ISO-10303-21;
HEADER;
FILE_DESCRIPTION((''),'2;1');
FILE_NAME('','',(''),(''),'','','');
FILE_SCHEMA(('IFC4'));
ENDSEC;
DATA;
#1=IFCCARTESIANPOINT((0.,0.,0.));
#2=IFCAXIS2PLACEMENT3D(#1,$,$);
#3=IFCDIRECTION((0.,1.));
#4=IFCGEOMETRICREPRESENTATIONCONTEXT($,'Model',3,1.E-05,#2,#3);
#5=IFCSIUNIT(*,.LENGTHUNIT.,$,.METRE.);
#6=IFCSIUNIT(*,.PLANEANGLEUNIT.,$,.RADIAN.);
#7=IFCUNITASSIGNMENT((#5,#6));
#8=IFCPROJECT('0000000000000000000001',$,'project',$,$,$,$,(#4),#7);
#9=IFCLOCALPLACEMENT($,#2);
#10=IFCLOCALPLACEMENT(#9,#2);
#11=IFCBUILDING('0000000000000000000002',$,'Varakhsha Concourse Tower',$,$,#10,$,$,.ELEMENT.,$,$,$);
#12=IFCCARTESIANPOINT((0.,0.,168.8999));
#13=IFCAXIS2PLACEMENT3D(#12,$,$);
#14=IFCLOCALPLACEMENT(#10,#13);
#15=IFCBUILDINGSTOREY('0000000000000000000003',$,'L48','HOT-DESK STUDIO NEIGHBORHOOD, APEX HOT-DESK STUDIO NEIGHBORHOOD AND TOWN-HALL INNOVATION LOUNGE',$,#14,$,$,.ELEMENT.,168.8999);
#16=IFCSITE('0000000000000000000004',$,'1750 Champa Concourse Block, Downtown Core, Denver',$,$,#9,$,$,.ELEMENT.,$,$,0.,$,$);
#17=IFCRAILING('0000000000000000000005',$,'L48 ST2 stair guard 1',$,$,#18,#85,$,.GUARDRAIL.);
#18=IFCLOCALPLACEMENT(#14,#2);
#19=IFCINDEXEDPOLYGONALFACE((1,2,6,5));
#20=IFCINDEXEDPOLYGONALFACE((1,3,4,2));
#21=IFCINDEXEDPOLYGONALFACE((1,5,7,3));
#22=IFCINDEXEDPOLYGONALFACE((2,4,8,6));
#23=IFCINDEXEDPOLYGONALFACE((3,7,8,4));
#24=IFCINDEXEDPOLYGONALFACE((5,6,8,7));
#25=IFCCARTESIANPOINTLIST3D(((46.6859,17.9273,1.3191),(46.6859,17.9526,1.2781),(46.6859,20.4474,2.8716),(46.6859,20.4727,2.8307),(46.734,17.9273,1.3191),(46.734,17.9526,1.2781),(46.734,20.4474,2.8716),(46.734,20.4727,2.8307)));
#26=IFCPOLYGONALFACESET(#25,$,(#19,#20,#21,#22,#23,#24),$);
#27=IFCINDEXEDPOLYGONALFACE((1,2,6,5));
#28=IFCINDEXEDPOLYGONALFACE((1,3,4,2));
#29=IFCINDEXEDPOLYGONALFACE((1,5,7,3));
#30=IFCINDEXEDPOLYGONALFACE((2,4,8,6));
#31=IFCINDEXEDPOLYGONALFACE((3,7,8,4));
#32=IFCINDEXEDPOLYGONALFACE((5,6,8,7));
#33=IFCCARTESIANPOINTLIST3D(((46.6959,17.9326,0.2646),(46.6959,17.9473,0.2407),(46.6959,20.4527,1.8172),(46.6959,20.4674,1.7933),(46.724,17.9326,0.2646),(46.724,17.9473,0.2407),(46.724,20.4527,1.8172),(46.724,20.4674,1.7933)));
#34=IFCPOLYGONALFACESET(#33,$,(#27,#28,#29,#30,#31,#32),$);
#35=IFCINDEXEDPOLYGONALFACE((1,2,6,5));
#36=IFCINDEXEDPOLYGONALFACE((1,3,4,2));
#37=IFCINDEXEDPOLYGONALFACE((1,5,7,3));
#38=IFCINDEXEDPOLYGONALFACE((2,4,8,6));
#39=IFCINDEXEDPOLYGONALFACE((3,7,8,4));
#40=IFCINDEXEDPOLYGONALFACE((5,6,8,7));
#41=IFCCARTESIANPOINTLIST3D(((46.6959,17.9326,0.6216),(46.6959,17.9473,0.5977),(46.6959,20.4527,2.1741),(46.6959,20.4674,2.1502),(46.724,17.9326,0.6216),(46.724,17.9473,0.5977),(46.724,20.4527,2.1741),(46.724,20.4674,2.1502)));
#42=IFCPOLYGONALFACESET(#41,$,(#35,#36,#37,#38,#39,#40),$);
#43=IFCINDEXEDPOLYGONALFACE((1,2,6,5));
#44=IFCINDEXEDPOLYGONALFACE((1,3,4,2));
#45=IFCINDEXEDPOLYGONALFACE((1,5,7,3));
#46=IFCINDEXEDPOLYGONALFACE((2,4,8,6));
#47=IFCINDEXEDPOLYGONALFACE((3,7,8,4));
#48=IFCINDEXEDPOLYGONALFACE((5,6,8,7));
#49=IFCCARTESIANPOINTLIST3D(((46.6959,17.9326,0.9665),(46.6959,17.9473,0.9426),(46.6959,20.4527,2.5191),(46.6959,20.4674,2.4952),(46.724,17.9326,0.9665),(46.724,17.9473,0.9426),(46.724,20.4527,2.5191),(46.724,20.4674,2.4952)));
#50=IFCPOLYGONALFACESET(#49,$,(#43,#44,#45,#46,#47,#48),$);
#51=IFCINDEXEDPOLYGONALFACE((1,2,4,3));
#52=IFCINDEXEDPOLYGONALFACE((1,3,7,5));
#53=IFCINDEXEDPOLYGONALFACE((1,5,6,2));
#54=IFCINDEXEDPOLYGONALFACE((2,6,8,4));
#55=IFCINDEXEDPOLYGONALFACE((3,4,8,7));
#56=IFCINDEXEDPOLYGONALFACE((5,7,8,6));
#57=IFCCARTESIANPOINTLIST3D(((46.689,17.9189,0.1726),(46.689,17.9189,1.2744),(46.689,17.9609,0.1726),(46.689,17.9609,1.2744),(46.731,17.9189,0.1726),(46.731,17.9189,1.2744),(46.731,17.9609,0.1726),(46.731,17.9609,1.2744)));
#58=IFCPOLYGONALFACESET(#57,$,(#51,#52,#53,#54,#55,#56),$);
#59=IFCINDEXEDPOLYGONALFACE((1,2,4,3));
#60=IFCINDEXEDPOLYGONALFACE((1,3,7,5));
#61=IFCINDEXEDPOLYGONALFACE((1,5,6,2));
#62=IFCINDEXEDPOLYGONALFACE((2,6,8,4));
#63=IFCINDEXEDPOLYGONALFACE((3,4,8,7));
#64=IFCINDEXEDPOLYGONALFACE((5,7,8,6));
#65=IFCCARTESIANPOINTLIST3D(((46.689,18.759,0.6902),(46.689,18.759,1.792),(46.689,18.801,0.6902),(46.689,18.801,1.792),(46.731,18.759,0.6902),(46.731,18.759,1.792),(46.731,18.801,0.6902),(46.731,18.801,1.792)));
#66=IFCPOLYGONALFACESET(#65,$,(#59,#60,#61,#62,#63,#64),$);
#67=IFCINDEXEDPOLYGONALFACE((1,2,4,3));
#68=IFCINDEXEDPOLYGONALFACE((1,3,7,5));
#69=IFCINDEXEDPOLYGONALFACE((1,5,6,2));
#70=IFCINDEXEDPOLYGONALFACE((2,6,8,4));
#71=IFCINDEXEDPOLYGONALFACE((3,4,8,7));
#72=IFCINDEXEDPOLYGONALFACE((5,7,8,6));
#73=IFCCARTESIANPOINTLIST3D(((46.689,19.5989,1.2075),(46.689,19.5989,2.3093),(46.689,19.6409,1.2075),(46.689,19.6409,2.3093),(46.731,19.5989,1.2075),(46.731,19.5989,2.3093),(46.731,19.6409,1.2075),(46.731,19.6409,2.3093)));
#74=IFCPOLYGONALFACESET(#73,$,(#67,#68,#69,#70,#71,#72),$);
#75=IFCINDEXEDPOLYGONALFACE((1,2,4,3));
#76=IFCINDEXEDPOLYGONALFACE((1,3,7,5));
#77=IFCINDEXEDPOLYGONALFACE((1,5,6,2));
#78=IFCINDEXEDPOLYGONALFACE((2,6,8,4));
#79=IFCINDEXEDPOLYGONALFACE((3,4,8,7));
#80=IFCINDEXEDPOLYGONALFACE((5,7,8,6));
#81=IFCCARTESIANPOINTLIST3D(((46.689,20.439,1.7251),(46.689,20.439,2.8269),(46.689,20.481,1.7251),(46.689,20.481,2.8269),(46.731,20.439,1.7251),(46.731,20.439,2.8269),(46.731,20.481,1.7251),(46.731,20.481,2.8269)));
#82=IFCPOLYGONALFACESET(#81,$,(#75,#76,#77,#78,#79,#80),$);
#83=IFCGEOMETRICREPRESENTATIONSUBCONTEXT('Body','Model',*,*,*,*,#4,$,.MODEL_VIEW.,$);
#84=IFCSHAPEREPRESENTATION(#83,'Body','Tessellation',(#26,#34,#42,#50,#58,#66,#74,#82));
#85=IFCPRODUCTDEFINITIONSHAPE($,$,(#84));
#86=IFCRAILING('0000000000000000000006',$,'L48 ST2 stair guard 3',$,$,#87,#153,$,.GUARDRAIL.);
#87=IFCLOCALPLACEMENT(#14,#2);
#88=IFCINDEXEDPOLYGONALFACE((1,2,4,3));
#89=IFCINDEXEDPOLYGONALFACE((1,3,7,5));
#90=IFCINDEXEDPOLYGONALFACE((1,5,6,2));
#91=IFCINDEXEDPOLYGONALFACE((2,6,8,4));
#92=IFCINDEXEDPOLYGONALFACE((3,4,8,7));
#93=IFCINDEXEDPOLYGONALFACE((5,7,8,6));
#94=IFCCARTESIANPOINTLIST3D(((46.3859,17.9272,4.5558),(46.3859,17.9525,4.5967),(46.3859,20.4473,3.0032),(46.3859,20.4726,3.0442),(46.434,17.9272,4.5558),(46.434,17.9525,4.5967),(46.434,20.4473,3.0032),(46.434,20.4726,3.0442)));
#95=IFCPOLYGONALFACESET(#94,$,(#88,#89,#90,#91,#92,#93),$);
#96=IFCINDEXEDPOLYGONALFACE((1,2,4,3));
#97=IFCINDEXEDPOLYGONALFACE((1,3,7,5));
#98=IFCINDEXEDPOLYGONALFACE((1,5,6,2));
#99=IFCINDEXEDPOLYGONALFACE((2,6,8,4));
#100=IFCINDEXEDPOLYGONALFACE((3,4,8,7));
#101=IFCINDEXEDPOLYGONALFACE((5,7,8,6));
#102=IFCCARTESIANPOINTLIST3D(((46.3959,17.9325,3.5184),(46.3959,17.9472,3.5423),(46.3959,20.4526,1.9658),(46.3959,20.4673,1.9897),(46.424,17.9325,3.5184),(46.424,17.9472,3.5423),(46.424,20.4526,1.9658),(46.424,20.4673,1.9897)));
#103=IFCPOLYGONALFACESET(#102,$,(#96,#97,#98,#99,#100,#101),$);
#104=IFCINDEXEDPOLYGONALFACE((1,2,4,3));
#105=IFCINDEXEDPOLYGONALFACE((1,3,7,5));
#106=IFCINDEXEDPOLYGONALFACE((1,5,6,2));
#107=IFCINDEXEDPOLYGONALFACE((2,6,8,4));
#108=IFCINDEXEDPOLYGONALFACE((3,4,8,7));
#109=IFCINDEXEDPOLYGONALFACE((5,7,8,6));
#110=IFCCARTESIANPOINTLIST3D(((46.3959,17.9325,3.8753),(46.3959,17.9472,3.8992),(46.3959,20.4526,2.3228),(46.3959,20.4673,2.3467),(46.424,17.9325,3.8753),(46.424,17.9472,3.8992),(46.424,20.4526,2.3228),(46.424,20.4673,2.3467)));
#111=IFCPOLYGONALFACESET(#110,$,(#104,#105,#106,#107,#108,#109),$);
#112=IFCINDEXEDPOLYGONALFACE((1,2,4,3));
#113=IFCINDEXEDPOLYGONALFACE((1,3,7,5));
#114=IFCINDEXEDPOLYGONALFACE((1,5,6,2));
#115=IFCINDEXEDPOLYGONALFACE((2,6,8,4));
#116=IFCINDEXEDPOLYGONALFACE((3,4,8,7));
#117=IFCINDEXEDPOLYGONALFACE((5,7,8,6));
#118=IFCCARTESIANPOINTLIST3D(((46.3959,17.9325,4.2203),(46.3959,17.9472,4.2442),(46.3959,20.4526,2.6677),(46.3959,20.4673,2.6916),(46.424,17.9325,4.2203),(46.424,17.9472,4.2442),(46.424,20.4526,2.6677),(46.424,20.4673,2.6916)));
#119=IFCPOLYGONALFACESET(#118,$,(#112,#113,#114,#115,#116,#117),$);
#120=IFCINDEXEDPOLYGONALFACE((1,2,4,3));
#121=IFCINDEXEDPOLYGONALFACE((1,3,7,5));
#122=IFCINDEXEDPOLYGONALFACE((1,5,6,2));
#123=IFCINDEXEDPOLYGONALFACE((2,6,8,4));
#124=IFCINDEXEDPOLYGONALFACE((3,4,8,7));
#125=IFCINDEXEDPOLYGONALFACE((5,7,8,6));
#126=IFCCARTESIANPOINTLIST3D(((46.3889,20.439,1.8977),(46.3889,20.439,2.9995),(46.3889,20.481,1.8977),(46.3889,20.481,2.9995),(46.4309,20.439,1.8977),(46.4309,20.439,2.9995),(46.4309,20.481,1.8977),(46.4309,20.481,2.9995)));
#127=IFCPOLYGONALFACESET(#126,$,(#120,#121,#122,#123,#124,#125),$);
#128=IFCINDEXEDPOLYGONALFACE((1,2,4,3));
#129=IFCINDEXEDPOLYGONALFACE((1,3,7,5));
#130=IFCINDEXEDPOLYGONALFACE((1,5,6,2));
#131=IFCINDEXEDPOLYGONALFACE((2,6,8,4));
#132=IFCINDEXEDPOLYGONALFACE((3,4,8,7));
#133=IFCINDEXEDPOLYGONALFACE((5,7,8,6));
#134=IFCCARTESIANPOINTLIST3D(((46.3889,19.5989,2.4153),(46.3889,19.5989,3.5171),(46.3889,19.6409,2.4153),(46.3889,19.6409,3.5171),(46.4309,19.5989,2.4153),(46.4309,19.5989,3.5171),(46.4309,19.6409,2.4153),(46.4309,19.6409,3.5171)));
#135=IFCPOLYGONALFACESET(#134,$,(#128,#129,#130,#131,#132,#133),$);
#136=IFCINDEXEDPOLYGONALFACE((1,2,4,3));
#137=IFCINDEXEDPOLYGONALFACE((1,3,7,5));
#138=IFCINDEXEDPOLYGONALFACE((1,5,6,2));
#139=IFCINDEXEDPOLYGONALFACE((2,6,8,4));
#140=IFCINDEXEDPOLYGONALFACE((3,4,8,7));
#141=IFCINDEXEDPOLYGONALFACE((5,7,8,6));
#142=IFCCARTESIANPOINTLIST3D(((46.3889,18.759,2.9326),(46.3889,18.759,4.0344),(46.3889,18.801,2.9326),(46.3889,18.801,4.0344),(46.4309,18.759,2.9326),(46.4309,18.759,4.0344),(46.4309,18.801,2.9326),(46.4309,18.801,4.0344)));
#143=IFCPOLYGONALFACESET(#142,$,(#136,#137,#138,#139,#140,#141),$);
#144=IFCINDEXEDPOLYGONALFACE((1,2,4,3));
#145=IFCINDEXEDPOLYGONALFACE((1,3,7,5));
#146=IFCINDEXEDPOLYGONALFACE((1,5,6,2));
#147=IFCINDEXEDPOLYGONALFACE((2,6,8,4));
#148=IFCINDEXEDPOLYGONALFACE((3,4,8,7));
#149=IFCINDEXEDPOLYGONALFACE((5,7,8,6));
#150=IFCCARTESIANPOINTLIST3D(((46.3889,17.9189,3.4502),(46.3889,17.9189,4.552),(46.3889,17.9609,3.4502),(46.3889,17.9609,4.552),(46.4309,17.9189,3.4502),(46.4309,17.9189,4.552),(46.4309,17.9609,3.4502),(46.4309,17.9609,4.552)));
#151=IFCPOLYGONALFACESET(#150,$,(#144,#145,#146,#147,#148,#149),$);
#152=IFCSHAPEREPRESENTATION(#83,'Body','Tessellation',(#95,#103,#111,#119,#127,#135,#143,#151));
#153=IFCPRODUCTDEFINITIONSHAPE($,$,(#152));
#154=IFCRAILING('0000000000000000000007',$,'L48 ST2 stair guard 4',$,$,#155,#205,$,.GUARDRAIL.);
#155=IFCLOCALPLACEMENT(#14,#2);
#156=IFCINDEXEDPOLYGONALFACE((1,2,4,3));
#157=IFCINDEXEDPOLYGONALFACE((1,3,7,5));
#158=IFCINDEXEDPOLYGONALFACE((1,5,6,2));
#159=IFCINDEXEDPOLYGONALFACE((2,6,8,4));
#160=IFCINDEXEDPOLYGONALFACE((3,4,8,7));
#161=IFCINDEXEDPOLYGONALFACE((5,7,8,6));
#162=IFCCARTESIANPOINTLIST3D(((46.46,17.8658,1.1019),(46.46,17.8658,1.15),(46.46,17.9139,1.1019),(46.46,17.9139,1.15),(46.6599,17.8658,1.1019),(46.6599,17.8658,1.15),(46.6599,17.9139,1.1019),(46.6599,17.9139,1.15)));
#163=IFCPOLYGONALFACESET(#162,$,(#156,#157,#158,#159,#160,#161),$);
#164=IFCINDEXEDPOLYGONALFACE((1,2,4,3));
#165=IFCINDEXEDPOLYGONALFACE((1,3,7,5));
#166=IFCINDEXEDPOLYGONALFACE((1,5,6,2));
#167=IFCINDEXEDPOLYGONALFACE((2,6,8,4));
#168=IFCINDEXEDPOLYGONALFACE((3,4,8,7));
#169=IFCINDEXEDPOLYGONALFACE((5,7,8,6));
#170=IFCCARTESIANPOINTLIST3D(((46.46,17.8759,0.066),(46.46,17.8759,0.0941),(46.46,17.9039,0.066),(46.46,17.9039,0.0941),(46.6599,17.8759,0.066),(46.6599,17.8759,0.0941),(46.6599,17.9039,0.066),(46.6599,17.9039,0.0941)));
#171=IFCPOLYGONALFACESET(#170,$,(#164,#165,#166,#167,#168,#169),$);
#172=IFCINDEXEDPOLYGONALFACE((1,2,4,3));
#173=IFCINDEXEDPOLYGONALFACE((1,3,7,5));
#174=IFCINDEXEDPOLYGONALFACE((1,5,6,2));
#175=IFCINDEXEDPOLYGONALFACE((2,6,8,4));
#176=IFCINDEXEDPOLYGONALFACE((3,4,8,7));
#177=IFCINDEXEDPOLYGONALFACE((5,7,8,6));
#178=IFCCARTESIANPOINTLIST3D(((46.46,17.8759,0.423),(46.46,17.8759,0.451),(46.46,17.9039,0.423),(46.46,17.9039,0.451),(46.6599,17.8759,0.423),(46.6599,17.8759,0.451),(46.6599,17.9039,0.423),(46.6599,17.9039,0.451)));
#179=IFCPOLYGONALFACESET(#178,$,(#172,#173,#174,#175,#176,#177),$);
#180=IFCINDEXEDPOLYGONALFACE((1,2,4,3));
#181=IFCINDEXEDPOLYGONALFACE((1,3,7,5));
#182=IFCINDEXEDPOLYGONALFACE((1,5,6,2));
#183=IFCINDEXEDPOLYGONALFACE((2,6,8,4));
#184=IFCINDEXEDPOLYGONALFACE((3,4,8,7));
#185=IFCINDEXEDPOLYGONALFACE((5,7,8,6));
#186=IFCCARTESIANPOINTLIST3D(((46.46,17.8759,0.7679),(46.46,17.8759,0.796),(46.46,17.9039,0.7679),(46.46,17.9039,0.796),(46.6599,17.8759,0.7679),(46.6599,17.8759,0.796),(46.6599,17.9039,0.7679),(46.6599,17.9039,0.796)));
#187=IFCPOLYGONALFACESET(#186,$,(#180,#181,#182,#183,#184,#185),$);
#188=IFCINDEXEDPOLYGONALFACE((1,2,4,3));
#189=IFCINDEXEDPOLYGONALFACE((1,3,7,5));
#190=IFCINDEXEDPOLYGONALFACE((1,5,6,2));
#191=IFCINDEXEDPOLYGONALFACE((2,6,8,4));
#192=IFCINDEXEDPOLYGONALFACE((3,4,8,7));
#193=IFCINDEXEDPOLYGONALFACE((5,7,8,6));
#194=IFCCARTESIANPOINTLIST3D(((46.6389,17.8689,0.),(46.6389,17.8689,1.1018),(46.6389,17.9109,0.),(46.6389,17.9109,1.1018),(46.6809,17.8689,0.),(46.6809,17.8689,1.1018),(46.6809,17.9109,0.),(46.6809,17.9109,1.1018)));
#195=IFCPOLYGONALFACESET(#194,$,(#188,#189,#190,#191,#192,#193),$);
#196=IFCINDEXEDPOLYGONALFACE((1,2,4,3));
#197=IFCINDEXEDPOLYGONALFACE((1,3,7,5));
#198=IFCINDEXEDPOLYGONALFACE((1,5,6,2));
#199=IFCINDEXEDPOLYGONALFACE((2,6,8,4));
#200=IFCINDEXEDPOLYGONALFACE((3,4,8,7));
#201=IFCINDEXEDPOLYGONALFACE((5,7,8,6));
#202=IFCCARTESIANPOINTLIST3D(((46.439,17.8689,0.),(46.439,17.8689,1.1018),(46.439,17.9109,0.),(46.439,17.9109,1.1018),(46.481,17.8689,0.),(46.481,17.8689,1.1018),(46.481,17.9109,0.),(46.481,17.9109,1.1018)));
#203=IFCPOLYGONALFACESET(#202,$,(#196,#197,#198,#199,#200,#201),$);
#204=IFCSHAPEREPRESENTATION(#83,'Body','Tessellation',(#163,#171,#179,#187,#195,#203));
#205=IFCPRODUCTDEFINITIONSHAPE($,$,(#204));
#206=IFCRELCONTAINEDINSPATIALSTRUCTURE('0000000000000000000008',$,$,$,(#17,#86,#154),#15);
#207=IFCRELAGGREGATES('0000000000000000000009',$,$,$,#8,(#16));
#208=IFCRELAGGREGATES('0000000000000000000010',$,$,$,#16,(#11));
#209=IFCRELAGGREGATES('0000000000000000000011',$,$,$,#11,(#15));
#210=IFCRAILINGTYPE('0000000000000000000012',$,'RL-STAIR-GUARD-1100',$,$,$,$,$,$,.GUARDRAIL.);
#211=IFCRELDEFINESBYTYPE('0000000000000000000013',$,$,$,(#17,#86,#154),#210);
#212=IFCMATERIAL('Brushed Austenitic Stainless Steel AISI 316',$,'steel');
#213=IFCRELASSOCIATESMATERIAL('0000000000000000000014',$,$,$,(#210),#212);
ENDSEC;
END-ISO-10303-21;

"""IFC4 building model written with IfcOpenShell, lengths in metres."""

from ifc_helpers import new_model, si_unit, direction, frame, origin, origin_2d, place, context, subcontext, project, spatial, rectangle, extrude, material, type_object, element, save


model = new_model("IFC4")

# Units and contexts
model_context = context("Model", 3, precision=1e-05, world=origin(), true_north=direction((0.0, 1.0)))
body_context = subcontext(model_context, "Body", "Model", "MODEL_VIEW")
ifc_project = project(units=[si_unit("LENGTHUNIT", "METRE"), si_unit("PLANEANGLEUNIT", "RADIAN")], contexts=[model_context])

# Site, building, storey
site_placement = place(None, origin())
site = spatial("IfcSite", under=ifc_project, at=site_placement, Name="1750 Champa Concourse Block, Downtown Core, Denver", CompositionType="ELEMENT", RefElevation=0.0)
building_placement = place(site_placement, origin())
building = spatial("IfcBuilding", under=site, at=building_placement, Name="Varakhsha Concourse Tower", CompositionType="ELEMENT")
storey_placement = place(building_placement, frame((0.0, 0.0, 168.8999)))
storey = spatial("IfcBuildingStorey", under=building, at=storey_placement, Name="L48", Description="HOT-DESK STUDIO NEIGHBORHOOD, APEX HOT-DESK STUDIO NEIGHBORHOOD AND TOWN-HALL INNOVATION LOUNGE", CompositionType="ELEMENT", Elevation=168.8999)

# Railings
ifc_material_1 = material(Name="Brushed Austenitic Stainless Steel AISI 316", Category="steel")
railing_type_1 = type_object("IfcRailingType", Name="RL-STAIR-GUARD-1100", PredefinedType="GUARDRAIL", material=ifc_material_1)
railing_1_placement = place(storey_placement, frame((46.71, 17.9399, 0.1726)))
element("IfcRailing", 1, at=railing_1_placement, inside=storey, type_object=railing_type_1, Name="L48 ST2 stair guard 1", PredefinedType="GUARDRAIL", context=body_context, shape_type="SweptSolid", body=[
    extrude(rectangle(XDim=0.0481, YDim=0.0481, at=origin_2d()), frame((0.0, 0.0, 1.126), z_axis=(0.0, 0.8514, 0.524516), x_axis=(-1.0, 0.0, 0.0)), (0.0, 0.0, 1.0), 2.96),
    extrude(rectangle(XDim=0.0281, YDim=0.0281, at=origin_2d()), frame((0.0, 0.0, 0.0801), z_axis=(0.0, 0.8514, 0.524516), x_axis=(-1.0, 0.0, 0.0)), (0.0, 0.0, 1.0), 2.96),
    extrude(rectangle(XDim=0.0281, YDim=0.0281, at=origin_2d()), frame((0.0, 0.0, 0.437), z_axis=(0.0, 0.8514, 0.524516), x_axis=(-1.0, 0.0, 0.0)), (0.0, 0.0, 1.0), 2.96),
    extrude(rectangle(XDim=0.0281, YDim=0.0281, at=origin_2d()), frame((0.0, 0.0, 0.782), z_axis=(0.0, 0.8514, 0.524516), x_axis=(-1.0, 0.0, 0.0)), (0.0, 0.0, 1.0), 2.96),
    extrude(rectangle(XDim=0.042, YDim=0.042, at=origin_2d()), origin(), (0.0, 0.0, 1.0), 1.1018),
    extrude(rectangle(XDim=0.042, YDim=0.042, at=origin_2d()), frame((0.0, 0.8401, 0.5176)), (0.0, 0.0, 1.0), 1.1018),
    extrude(rectangle(XDim=0.042, YDim=0.042, at=origin_2d()), frame((0.0, 1.6799, 1.0349)), (0.0, 0.0, 1.0), 1.1018),
    extrude(rectangle(XDim=0.042, YDim=0.042, at=origin_2d()), frame((0.0, 2.52, 1.5525)), (0.0, 0.0, 1.0), 1.1018),
])
railing_2_placement = place(storey_placement, frame((46.4099, 20.46, 1.8977)))
element("IfcRailing", 2, at=railing_2_placement, inside=storey, type_object=railing_type_1, Name="L48 ST2 stair guard 3", PredefinedType="GUARDRAIL", context=body_context, shape_type="SweptSolid", body=[
    extrude(rectangle(XDim=0.0481, YDim=0.0481, at=origin_2d()), frame((0.0, 0.0, 1.126), z_axis=(0.0, -0.8514, 0.524516), x_axis=(1.0, 0.0, 0.0)), (0.0, 0.0, 1.0), 2.96),
    extrude(rectangle(XDim=0.0281, YDim=0.0281, at=origin_2d()), frame((0.0, 0.0, 0.0801), z_axis=(0.0, -0.8514, 0.524516), x_axis=(1.0, 0.0, 0.0)), (0.0, 0.0, 1.0), 2.96),
    extrude(rectangle(XDim=0.0281, YDim=0.0281, at=origin_2d()), frame((0.0, 0.0, 0.437), z_axis=(0.0, -0.8514, 0.524516), x_axis=(1.0, 0.0, 0.0)), (0.0, 0.0, 1.0), 2.96),
    extrude(rectangle(XDim=0.0281, YDim=0.0281, at=origin_2d()), frame((0.0, 0.0, 0.782), z_axis=(0.0, -0.8514, 0.524516), x_axis=(1.0, 0.0, 0.0)), (0.0, 0.0, 1.0), 2.96),
    extrude(rectangle(XDim=0.042, YDim=0.042, at=origin_2d()), origin(), (0.0, 0.0, 1.0), 1.1018),
    extrude(rectangle(XDim=0.042, YDim=0.042, at=origin_2d()), frame((0.0, -0.8401, 0.5176)), (0.0, 0.0, 1.0), 1.1018),
    extrude(rectangle(XDim=0.042, YDim=0.042, at=origin_2d()), frame((0.0, -1.6799, 1.0349)), (0.0, 0.0, 1.0), 1.1018),
    extrude(rectangle(XDim=0.042, YDim=0.042, at=origin_2d()), frame((0.0, -2.52, 1.5525)), (0.0, 0.0, 1.0), 1.1018),
])
railing_3_placement = place(storey_placement, frame((46.6599, 17.8899, 0.0)))
element("IfcRailing", 3, at=railing_3_placement, inside=storey, type_object=railing_type_1, Name="L48 ST2 stair guard 4", PredefinedType="GUARDRAIL", context=body_context, shape_type="SweptSolid", body=[
    extrude(rectangle(XDim=0.0481, YDim=0.0481, at=origin_2d()), frame((0.0, 0.0, 1.126), z_axis=(-1.0, 0.0, 0.0), x_axis=(0.0, -1.0, 0.0)), (0.0, 0.0, 1.0), 0.2),
    extrude(rectangle(XDim=0.0281, YDim=0.0281, at=origin_2d()), frame((0.0, 0.0, 0.0801), z_axis=(-1.0, 0.0, 0.0), x_axis=(0.0, -1.0, 0.0)), (0.0, 0.0, 1.0), 0.2),
    extrude(rectangle(XDim=0.0281, YDim=0.0281, at=origin_2d()), frame((0.0, 0.0, 0.437), z_axis=(-1.0, 0.0, 0.0), x_axis=(0.0, -1.0, 0.0)), (0.0, 0.0, 1.0), 0.2),
    extrude(rectangle(XDim=0.0281, YDim=0.0281, at=origin_2d()), frame((0.0, 0.0, 0.782), z_axis=(-1.0, 0.0, 0.0), x_axis=(0.0, -1.0, 0.0)), (0.0, 0.0, 1.0), 0.2),
    extrude(rectangle(XDim=0.042, YDim=0.042, at=origin_2d()), origin(), (0.0, 0.0, 1.0), 1.1018),
    extrude(rectangle(XDim=0.042, YDim=0.042, at=origin_2d()), frame((-0.2, 0.0, 0.0)), (0.0, 0.0, 1.0), 1.1018),
])

save(model, "model.ifc")
